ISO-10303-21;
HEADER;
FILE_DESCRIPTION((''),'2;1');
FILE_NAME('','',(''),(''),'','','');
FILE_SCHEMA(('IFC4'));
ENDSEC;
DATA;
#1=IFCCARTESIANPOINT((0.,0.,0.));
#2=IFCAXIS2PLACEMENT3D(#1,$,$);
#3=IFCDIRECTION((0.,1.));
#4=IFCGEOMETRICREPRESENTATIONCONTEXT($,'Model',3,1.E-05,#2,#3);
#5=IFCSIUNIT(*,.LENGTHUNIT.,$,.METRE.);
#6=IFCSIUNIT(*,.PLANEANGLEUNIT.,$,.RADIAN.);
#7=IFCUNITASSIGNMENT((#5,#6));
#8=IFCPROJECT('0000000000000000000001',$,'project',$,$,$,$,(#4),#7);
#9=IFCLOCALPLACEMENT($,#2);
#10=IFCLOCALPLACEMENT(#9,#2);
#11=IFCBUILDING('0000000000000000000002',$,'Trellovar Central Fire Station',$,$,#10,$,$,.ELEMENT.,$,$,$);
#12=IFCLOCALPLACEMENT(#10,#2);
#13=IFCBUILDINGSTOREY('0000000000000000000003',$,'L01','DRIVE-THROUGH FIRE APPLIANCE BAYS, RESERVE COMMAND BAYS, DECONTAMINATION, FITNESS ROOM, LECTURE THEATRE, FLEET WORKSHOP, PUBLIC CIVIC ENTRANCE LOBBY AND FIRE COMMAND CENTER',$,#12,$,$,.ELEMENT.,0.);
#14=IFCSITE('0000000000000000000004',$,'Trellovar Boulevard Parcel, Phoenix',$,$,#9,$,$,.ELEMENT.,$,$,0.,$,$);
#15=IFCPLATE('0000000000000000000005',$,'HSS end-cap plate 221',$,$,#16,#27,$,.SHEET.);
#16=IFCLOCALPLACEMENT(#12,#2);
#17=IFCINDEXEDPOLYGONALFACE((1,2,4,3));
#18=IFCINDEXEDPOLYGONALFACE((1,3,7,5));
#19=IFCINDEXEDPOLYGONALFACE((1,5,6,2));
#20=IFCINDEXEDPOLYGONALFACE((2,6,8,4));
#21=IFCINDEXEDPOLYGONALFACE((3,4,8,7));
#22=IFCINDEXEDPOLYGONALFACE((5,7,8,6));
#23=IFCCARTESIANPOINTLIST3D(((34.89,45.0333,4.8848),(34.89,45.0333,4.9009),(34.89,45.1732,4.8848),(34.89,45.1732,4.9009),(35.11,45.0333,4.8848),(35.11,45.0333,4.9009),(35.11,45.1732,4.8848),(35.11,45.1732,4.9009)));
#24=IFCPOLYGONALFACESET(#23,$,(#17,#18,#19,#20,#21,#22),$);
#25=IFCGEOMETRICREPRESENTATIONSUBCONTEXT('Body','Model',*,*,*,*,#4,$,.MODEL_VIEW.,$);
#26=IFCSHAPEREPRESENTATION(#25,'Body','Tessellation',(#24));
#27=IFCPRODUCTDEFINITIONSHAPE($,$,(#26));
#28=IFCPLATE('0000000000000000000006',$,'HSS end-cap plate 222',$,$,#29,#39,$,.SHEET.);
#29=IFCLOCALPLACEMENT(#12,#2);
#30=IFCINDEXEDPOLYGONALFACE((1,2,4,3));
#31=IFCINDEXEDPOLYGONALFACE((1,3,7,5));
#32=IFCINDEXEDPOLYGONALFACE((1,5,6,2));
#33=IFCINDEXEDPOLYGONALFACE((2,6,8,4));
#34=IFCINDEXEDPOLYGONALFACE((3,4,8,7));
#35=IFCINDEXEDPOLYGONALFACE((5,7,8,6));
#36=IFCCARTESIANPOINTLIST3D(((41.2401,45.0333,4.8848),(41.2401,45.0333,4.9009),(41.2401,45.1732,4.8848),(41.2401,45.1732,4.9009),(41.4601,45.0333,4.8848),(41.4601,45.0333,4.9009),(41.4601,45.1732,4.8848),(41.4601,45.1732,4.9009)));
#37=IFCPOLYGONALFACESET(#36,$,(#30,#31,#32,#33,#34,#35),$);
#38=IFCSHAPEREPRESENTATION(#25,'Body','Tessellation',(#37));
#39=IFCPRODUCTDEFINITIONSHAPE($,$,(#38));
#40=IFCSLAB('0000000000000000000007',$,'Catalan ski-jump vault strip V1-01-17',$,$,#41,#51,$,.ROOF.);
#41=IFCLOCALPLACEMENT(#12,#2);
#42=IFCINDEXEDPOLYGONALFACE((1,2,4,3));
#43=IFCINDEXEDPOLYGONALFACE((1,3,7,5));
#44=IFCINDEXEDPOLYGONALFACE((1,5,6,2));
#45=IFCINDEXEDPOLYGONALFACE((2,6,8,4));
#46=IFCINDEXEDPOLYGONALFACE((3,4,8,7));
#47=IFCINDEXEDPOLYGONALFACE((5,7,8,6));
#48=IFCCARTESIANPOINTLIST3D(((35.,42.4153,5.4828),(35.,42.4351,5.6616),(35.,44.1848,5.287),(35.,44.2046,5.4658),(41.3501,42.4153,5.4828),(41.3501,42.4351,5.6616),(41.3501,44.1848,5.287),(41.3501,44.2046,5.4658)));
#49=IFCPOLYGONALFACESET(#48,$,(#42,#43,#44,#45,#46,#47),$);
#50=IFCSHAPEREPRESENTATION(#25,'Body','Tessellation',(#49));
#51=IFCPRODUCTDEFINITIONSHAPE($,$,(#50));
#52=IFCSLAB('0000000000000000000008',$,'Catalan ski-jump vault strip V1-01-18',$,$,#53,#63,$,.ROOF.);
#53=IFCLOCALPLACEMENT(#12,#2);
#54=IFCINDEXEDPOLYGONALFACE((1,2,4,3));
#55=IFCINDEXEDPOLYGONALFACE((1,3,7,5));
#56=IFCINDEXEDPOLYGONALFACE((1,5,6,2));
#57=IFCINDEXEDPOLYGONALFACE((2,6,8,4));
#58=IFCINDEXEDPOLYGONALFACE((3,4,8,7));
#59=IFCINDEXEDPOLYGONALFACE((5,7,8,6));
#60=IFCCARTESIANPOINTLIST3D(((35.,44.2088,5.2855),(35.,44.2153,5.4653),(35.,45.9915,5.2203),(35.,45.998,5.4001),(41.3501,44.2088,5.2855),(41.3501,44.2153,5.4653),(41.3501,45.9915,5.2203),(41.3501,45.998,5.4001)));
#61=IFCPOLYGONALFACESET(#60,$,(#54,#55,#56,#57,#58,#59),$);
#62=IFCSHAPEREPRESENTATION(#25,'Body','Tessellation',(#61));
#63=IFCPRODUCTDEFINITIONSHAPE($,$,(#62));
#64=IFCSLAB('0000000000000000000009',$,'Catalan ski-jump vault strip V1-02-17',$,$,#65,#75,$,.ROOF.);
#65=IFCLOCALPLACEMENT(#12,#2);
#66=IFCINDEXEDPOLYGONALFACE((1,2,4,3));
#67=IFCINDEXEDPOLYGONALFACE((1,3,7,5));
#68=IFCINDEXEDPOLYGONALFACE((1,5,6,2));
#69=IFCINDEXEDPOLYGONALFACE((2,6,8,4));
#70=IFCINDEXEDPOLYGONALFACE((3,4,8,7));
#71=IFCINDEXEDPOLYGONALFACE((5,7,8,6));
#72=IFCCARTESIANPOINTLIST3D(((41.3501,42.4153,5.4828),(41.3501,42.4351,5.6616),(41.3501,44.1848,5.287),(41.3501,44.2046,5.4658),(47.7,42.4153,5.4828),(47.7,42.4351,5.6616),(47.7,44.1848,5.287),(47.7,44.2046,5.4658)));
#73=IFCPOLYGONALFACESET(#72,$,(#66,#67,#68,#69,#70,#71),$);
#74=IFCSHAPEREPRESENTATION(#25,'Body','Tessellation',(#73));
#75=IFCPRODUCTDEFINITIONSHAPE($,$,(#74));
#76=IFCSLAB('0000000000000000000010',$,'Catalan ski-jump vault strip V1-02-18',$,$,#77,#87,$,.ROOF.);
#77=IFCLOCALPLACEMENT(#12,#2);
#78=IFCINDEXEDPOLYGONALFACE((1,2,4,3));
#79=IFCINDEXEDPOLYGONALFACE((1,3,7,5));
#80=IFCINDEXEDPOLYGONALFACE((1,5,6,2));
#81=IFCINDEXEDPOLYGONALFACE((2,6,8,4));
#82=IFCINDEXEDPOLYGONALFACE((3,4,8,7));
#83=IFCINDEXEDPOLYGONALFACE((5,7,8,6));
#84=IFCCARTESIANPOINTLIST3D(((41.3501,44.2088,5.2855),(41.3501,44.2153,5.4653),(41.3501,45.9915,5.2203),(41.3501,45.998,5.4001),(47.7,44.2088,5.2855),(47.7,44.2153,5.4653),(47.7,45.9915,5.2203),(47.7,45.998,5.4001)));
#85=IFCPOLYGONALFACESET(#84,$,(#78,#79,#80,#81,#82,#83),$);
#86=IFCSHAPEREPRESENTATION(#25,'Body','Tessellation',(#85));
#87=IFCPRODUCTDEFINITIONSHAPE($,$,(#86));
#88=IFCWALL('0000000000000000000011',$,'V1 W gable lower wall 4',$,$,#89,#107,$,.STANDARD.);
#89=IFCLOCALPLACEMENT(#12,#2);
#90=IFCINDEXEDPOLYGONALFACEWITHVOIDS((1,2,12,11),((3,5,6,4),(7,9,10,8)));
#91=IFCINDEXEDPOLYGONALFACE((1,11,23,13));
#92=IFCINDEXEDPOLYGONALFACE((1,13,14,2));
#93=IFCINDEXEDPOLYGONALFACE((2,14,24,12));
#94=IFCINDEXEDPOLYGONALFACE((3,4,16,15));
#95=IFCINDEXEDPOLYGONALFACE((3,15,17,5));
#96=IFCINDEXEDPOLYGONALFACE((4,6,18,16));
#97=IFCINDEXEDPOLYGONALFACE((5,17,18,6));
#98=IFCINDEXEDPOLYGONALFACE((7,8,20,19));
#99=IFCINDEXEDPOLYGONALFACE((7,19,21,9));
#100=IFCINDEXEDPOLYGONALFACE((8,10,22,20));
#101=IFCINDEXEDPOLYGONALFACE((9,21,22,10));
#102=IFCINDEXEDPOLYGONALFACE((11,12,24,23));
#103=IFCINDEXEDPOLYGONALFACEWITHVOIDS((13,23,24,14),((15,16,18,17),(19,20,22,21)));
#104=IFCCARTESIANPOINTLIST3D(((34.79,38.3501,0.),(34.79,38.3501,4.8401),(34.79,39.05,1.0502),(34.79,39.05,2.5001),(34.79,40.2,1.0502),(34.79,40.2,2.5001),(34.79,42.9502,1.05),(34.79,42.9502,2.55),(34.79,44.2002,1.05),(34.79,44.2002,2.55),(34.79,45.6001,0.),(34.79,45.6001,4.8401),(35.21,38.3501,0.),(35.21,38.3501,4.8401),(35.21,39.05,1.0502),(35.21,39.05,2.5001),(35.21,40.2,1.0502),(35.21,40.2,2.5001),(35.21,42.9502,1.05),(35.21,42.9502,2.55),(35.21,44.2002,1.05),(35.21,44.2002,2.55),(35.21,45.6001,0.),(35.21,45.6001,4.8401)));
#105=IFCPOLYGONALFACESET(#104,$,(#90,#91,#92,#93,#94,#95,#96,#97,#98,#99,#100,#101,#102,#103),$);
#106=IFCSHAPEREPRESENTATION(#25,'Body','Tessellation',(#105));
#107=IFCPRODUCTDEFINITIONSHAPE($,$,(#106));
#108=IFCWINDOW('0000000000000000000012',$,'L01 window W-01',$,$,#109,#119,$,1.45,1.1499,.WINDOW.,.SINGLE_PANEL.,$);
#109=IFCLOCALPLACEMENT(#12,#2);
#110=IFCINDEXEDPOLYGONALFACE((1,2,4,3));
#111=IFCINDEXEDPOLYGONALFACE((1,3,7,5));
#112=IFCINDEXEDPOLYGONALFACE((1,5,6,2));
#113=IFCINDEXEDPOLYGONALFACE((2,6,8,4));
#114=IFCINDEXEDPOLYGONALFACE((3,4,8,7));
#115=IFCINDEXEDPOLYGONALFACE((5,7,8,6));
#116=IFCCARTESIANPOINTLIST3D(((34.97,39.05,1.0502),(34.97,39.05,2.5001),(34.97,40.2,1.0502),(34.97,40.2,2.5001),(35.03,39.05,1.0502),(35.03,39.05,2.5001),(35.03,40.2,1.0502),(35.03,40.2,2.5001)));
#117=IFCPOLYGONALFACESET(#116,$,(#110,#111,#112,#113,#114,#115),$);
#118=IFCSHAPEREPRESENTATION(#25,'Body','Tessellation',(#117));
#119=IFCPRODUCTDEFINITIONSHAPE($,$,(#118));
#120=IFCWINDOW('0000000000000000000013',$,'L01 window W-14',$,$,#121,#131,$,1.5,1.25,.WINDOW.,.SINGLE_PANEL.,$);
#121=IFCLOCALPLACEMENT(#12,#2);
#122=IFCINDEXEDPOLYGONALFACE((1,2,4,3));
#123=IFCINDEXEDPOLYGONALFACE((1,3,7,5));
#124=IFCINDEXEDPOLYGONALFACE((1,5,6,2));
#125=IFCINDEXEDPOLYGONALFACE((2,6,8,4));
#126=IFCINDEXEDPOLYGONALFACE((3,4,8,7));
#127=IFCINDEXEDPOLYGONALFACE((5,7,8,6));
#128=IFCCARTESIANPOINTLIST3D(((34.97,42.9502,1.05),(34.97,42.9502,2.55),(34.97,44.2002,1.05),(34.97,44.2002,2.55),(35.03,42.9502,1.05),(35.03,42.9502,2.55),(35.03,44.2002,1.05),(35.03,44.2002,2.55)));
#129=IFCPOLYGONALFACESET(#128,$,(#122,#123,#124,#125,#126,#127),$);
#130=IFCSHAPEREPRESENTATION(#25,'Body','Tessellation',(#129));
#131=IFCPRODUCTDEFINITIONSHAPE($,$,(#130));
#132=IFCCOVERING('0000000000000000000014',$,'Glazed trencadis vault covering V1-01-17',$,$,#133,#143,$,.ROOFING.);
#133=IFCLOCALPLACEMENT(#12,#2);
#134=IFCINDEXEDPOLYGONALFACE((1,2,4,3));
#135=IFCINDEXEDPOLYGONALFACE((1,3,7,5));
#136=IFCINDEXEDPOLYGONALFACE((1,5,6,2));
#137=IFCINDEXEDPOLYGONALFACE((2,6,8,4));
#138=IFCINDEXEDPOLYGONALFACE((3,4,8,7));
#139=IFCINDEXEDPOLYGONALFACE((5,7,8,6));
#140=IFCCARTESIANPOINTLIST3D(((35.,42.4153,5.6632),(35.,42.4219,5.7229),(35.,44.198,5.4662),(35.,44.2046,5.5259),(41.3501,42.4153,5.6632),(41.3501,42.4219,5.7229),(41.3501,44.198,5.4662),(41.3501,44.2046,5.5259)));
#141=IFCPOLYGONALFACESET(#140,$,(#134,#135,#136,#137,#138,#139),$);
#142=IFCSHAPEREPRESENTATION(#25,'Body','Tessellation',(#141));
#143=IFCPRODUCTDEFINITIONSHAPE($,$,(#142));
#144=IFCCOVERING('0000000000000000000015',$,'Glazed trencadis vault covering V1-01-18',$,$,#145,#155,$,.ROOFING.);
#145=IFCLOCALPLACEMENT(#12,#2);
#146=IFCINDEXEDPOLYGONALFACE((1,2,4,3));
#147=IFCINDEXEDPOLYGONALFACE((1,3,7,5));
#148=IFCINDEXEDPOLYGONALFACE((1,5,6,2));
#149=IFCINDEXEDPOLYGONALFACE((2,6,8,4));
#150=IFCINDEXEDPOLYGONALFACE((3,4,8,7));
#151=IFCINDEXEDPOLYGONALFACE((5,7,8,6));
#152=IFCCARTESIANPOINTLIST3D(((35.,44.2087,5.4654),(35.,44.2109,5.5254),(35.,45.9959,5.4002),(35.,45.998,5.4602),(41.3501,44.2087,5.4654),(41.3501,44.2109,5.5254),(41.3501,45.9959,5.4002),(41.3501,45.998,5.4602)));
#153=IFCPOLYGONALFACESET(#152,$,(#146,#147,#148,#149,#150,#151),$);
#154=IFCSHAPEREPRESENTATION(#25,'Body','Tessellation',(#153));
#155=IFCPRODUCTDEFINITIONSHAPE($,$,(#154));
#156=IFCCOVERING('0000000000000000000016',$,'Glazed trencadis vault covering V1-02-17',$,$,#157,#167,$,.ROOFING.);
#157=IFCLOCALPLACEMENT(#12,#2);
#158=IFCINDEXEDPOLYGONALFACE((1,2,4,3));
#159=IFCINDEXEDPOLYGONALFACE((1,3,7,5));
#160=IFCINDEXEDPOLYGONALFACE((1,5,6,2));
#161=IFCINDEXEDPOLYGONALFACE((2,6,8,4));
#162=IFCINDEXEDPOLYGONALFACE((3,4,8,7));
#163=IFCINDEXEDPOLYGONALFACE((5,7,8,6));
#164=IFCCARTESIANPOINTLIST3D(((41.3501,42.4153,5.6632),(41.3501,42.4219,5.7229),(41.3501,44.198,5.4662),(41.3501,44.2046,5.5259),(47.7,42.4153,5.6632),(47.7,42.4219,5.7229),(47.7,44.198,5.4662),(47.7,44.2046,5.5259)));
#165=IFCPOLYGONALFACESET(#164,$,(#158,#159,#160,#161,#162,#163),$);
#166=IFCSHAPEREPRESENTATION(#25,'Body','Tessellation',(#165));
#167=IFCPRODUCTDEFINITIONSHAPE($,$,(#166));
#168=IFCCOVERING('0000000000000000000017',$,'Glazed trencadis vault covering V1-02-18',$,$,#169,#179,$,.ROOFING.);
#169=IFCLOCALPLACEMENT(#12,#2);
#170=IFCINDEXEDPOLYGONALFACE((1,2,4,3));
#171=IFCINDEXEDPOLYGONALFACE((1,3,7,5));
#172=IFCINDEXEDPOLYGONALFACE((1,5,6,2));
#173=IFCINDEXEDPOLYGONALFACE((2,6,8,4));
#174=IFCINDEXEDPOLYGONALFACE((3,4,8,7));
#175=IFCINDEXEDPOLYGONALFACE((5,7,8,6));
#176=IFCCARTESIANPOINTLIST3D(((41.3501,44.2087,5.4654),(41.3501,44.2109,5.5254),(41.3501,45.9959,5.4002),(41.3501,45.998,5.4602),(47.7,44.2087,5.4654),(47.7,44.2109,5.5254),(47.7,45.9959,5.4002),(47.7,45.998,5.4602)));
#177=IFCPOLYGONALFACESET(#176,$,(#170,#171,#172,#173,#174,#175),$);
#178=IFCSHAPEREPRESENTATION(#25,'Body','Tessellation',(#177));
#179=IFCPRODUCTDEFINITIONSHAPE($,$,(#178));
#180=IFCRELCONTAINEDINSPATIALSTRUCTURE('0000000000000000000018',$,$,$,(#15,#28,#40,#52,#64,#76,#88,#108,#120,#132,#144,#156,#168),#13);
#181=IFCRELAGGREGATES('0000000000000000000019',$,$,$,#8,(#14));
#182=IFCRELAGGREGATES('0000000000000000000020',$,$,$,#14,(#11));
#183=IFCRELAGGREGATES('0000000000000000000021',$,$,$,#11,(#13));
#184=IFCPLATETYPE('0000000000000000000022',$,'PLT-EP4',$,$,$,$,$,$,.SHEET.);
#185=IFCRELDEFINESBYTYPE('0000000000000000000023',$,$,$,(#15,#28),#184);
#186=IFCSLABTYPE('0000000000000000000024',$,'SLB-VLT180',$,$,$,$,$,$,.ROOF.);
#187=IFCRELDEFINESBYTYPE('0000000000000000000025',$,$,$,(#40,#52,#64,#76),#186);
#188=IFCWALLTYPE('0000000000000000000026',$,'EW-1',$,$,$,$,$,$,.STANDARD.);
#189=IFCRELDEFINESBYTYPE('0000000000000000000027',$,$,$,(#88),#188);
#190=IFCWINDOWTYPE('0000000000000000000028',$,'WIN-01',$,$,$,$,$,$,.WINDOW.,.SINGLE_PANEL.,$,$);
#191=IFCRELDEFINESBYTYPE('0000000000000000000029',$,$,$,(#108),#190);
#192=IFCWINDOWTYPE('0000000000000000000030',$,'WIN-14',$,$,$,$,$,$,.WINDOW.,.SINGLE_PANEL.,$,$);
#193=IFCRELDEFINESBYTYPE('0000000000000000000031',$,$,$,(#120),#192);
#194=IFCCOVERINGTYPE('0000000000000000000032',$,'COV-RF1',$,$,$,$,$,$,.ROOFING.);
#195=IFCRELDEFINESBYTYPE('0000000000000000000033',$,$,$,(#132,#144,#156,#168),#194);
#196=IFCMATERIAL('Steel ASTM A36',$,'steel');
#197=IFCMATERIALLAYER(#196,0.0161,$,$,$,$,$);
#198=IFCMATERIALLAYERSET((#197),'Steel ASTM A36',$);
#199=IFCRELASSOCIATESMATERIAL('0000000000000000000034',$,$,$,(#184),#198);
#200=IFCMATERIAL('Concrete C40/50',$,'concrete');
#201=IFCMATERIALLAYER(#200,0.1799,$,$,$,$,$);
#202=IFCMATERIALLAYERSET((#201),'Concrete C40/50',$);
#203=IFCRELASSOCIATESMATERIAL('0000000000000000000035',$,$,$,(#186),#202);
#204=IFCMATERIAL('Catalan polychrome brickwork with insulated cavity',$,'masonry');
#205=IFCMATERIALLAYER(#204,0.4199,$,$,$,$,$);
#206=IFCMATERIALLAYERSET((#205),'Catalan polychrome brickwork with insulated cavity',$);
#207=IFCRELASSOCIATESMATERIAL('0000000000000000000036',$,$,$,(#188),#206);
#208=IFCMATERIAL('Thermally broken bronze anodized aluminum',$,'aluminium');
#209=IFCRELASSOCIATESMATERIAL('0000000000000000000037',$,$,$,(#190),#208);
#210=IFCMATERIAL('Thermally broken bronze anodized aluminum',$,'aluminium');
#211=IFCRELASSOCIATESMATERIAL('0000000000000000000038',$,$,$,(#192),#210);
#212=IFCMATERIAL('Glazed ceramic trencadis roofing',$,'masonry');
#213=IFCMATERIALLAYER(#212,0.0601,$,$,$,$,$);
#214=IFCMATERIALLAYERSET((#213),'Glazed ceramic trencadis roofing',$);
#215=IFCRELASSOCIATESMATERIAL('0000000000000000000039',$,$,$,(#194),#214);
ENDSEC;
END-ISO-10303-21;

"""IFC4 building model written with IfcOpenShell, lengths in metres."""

from ifc_helpers import new_model, si_unit, direction, frame, frame_2d, origin, origin_2d, place, context, subcontext, project, spatial, polyline, rectangle, outline, extrude, material, layer, layer_set, type_object, element, fill, save


model = new_model("IFC4")

# Units and contexts
model_context = context("Model", 3, precision=1e-05, world=origin(), true_north=direction((0.0, 1.0)))
body_context = subcontext(model_context, "Body", "Model", "MODEL_VIEW")
ifc_project = project(units=[si_unit("LENGTHUNIT", "METRE"), si_unit("PLANEANGLEUNIT", "RADIAN")], contexts=[model_context])

# Site, building, storey
site_placement = place(None, origin())
site = spatial("IfcSite", under=ifc_project, at=site_placement, Name="Trellovar Boulevard Parcel, Phoenix", CompositionType="ELEMENT", RefElevation=0.0)
building_placement = place(site_placement, origin())
building = spatial("IfcBuilding", under=site, at=building_placement, Name="Trellovar Central Fire Station", CompositionType="ELEMENT")
storey_placement = place(building_placement, origin())
storey = spatial("IfcBuildingStorey", under=building, at=storey_placement, Name="L01", Description="DRIVE-THROUGH FIRE APPLIANCE BAYS, RESERVE COMMAND BAYS, DECONTAMINATION, FITNESS ROOM, LECTURE THEATRE, FLEET WORKSHOP, PUBLIC CIVIC ENTRANCE LOBBY AND FIRE COMMAND CENTER", CompositionType="ELEMENT", Elevation=0.0)

# Plates
ifc_material_1 = material(Name="Steel ASTM A36", Category="steel")
ifc_layer_1 = layer(ifc_material_1, 0.0161)
ifc_layer_set_1 = layer_set([ifc_layer_1], Name="Steel ASTM A36")
plate_type = type_object("IfcPlateType", Name="PLT-EP4", PredefinedType="SHEET", material=ifc_layer_set_1)
for number, where, z_axis, x_axis, name in (
    (1, (35.0, 45.1033, 4.8848), (0.0, 0.0, 1.0), (1.0, 0.0, 0.0), "HSS end-cap plate 221"),
    (2, (41.3501, 45.1033, 4.8848), (0.0, 0.0, 1.0), (1.0, 0.0, 0.0), "HSS end-cap plate 222"),
):
    element("IfcPlate", number, at=place(storey_placement, frame(where, z_axis=z_axis, x_axis=x_axis)), inside=storey, type_object=plate_type, Name=name, PredefinedType="SHEET", context=body_context, shape_type="SweptSolid", body=[
        extrude(rectangle(XDim=0.22, YDim=0.1399, at=origin_2d()), origin(), (0.0, 0.0, 1.0), 0.0161),
    ])

# Slabs
ifc_material_2 = material(Name="Concrete C40/50", Category="concrete")
ifc_layer_2 = layer(ifc_material_2, 0.1799)
ifc_layer_set_2 = layer_set([ifc_layer_2], Name="Concrete C40/50")
slab_type = type_object("IfcSlabType", Name="SLB-VLT180", PredefinedType="ROOF", material=ifc_layer_set_2)
slab_1_placement = place(storey_placement, frame((35.0, 42.4351, 5.6616), z_axis=(0.0, 0.10998, 0.993934), x_axis=(1.0, 0.0, 0.0)))
element("IfcSlab", 3, at=slab_1_placement, inside=storey, type_object=slab_type, Name="Catalan ski-jump vault strip V1-01-17", PredefinedType="ROOF", context=body_context, shape_type="SweptSolid", body=[
    extrude(outline(polyline([(0.0, 0.0), (6.3501, 0.0), (6.3501, 1.7803), (0.0, 1.7803), (0.0, 0.0)])), origin(), (0.0, 0.0, -1.0), 0.1799),
])
slab_2_placement = place(storey_placement, frame((35.0, 44.2153, 5.4653), z_axis=(0.0, 0.036541, 0.999332), x_axis=(1.0, 0.0, 0.0)))
element("IfcSlab", 4, at=slab_2_placement, inside=storey, type_object=slab_type, Name="Catalan ski-jump vault strip V1-01-18", PredefinedType="ROOF", context=body_context, shape_type="SweptSolid", body=[
    extrude(outline(polyline([(0.0, 0.0), (6.3501, 0.0), (6.3501, 1.7839), (0.0, 1.7839), (0.0, 0.0)])), origin(), (0.0, 0.0, -1.0), 0.1799),
])
slab_3_placement = place(storey_placement, frame((41.3501, 42.4351, 5.6616), z_axis=(0.0, 0.10998, 0.993934), x_axis=(1.0, 0.0, 0.0)))
element("IfcSlab", 5, at=slab_3_placement, inside=storey, type_object=slab_type, Name="Catalan ski-jump vault strip V1-02-17", PredefinedType="ROOF", context=body_context, shape_type="SweptSolid", body=[
    extrude(outline(polyline([(0.0, 0.0), (6.3499, 0.0), (6.3499, 1.7803), (0.0, 1.7803), (0.0, 0.0)])), origin(), (0.0, 0.0, -1.0), 0.1799),
])
slab_4_placement = place(storey_placement, frame((41.3501, 44.2153, 5.4653), z_axis=(0.0, 0.036541, 0.999332), x_axis=(1.0, 0.0, 0.0)))
element("IfcSlab", 6, at=slab_4_placement, inside=storey, type_object=slab_type, Name="Catalan ski-jump vault strip V1-02-18", PredefinedType="ROOF", context=body_context, shape_type="SweptSolid", body=[
    extrude(outline(polyline([(0.0, 0.0), (6.3499, 0.0), (6.3499, 1.7839), (0.0, 1.7839), (0.0, 0.0)])), origin(), (0.0, 0.0, -1.0), 0.1799),
])

# Wall, openings, windows
ifc_material_3 = material(Name="Catalan polychrome brickwork with insulated cavity", Category="masonry")
ifc_layer_3 = layer(ifc_material_3, 0.4199)
ifc_layer_set_3 = layer_set([ifc_layer_3], Name="Catalan polychrome brickwork with insulated cavity")
wall_type = type_object("IfcWallType", Name="EW-1", PredefinedType="STANDARD", material=ifc_layer_set_3)
wall_placement = place(storey_placement, frame((35.0, 38.3501, 0.0), z_axis=(0.0, 0.0, 1.0), x_axis=(0.0, 1.0, 0.0)))
wall = element("IfcWall", 7, at=wall_placement, inside=storey, type_object=wall_type, Name="V1 W gable lower wall 4", PredefinedType="STANDARD", context=body_context, shape_type="SweptSolid", body=[
    extrude(rectangle(XDim=7.25, YDim=0.4199, at=frame_2d((3.625, 0.0))), origin(), (0.0, 0.0, 1.0), 4.8401),
])
opening_1_placement = place(wall_placement, frame((0.7, 0.0, 1.05)))
opening_1 = element("IfcOpeningElement", 8, at=opening_1_placement, cuts=wall, PredefinedType="OPENING", context=body_context, shape_type="SweptSolid", body=[
    extrude(rectangle(XDim=1.1499, YDim=1.45, at=frame_2d((0.575, 0.7251))), frame((0.0, 0.22, 0.0), z_axis=(0.0, -1.0, 0.0), x_axis=(1.0, 0.0, 0.0)), (0.0, 0.0, 1.0), 0.4399),
])
opening_2_placement = place(wall_placement, frame((4.6001, 0.0, 1.05)))
opening_2 = element("IfcOpeningElement", 9, at=opening_2_placement, cuts=wall, PredefinedType="OPENING", context=body_context, shape_type="SweptSolid", body=[
    extrude(rectangle(XDim=1.25, YDim=1.5, at=frame_2d((0.625, 0.75))), frame((0.0, 0.22, 0.0), z_axis=(0.0, -1.0, 0.0), x_axis=(1.0, 0.0, 0.0)), (0.0, 0.0, 1.0), 0.4399),
])
ifc_material_4 = material(Name="Thermally broken bronze anodized aluminum", Category="aluminium")
window_type_1 = type_object("IfcWindowType", Name="WIN-01", PartitioningType="SINGLE_PANEL", PredefinedType="WINDOW", material=ifc_material_4)
window_1_placement = place(opening_1_placement, origin())
window_1 = element("IfcWindow", 10, at=window_1_placement, inside=storey, type_object=window_type_1, Name="L01 window W-01", OverallHeight=1.45, OverallWidth=1.1499, PartitioningType="SINGLE_PANEL", PredefinedType="WINDOW", context=body_context, shape_type="SweptSolid", body=[
    extrude(rectangle(XDim=1.1499, YDim=1.45, at=frame_2d((0.575, 0.7251))), frame((0.0, 0.03, 0.0), z_axis=(0.0, -1.0, 0.0), x_axis=(1.0, 0.0, 0.0)), (0.0, 0.0, 1.0), 0.0601),
])
fill(opening_1, window_1)
ifc_material_5 = material(Name="Thermally broken bronze anodized aluminum", Category="aluminium")
window_type_2 = type_object("IfcWindowType", Name="WIN-14", PartitioningType="SINGLE_PANEL", PredefinedType="WINDOW", material=ifc_material_5)
window_2_placement = place(opening_2_placement, origin())
window_2 = element("IfcWindow", 11, at=window_2_placement, inside=storey, type_object=window_type_2, Name="L01 window W-14", OverallHeight=1.5, OverallWidth=1.25, PartitioningType="SINGLE_PANEL", PredefinedType="WINDOW", context=body_context, shape_type="SweptSolid", body=[
    extrude(rectangle(XDim=1.25, YDim=1.5, at=frame_2d((0.625, 0.75))), frame((0.0, 0.03, 0.0), z_axis=(0.0, -1.0, 0.0), x_axis=(1.0, 0.0, 0.0)), (0.0, 0.0, 1.0), 0.0601),
])
fill(opening_2, window_2)

# Coverings
ifc_material_6 = material(Name="Glazed ceramic trencadis roofing", Category="masonry")
ifc_layer_4 = layer(ifc_material_6, 0.0601)
ifc_layer_set_4 = layer_set([ifc_layer_4], Name="Glazed ceramic trencadis roofing")
covering_type = type_object("IfcCoveringType", Name="COV-RF1", PredefinedType="ROOFING", material=ifc_layer_set_4)
covering_1_placement = place(storey_placement, frame((35.0, 42.4219, 5.7229), z_axis=(0.0, 0.109849, 0.993948), x_axis=(1.0, 0.0, 0.0)))
element("IfcCovering", 12, at=covering_1_placement, inside=storey, type_object=covering_type, Name="Glazed trencadis vault covering V1-01-17", PredefinedType="ROOFING", context=body_context, shape_type="SweptSolid", body=[
    extrude(outline(polyline([(0.0, 0.0), (6.3501, 0.0), (6.3501, 1.7936), (0.0, 1.7936), (0.0, 0.0)])), origin(), (0.0, 0.0, -1.0), 0.0601),
])
covering_2_placement = place(storey_placement, frame((35.0, 44.2109, 5.5254), z_axis=(0.0, 0.036451, 0.999335), x_axis=(1.0, 0.0, 0.0)))
element("IfcCovering", 13, at=covering_2_placement, inside=storey, type_object=covering_type, Name="Glazed trencadis vault covering V1-01-18", PredefinedType="ROOFING", context=body_context, shape_type="SweptSolid", body=[
    extrude(outline(polyline([(0.0, 0.0), (6.3501, 0.0), (6.3501, 1.7883), (0.0, 1.7883), (0.0, 0.0)])), origin(), (0.0, 0.0, -1.0), 0.0601),
])
covering_3_placement = place(storey_placement, frame((41.3501, 42.4219, 5.7229), z_axis=(0.0, 0.109849, 0.993948), x_axis=(1.0, 0.0, 0.0)))
element("IfcCovering", 14, at=covering_3_placement, inside=storey, type_object=covering_type, Name="Glazed trencadis vault covering V1-02-17", PredefinedType="ROOFING", context=body_context, shape_type="SweptSolid", body=[
    extrude(outline(polyline([(0.0, 0.0), (6.3499, 0.0), (6.3499, 1.7936), (0.0, 1.7936), (0.0, 0.0)])), origin(), (0.0, 0.0, -1.0), 0.0601),
])
covering_4_placement = place(storey_placement, frame((41.3501, 44.2109, 5.5254), z_axis=(0.0, 0.036451, 0.999335), x_axis=(1.0, 0.0, 0.0)))
element("IfcCovering", 15, at=covering_4_placement, inside=storey, type_object=covering_type, Name="Glazed trencadis vault covering V1-02-18", PredefinedType="ROOFING", context=body_context, shape_type="SweptSolid", body=[
    extrude(outline(polyline([(0.0, 0.0), (6.3499, 0.0), (6.3499, 1.7883), (0.0, 1.7883), (0.0, 0.0)])), origin(), (0.0, 0.0, -1.0), 0.0601),
])

save(model, "model.ifc")
